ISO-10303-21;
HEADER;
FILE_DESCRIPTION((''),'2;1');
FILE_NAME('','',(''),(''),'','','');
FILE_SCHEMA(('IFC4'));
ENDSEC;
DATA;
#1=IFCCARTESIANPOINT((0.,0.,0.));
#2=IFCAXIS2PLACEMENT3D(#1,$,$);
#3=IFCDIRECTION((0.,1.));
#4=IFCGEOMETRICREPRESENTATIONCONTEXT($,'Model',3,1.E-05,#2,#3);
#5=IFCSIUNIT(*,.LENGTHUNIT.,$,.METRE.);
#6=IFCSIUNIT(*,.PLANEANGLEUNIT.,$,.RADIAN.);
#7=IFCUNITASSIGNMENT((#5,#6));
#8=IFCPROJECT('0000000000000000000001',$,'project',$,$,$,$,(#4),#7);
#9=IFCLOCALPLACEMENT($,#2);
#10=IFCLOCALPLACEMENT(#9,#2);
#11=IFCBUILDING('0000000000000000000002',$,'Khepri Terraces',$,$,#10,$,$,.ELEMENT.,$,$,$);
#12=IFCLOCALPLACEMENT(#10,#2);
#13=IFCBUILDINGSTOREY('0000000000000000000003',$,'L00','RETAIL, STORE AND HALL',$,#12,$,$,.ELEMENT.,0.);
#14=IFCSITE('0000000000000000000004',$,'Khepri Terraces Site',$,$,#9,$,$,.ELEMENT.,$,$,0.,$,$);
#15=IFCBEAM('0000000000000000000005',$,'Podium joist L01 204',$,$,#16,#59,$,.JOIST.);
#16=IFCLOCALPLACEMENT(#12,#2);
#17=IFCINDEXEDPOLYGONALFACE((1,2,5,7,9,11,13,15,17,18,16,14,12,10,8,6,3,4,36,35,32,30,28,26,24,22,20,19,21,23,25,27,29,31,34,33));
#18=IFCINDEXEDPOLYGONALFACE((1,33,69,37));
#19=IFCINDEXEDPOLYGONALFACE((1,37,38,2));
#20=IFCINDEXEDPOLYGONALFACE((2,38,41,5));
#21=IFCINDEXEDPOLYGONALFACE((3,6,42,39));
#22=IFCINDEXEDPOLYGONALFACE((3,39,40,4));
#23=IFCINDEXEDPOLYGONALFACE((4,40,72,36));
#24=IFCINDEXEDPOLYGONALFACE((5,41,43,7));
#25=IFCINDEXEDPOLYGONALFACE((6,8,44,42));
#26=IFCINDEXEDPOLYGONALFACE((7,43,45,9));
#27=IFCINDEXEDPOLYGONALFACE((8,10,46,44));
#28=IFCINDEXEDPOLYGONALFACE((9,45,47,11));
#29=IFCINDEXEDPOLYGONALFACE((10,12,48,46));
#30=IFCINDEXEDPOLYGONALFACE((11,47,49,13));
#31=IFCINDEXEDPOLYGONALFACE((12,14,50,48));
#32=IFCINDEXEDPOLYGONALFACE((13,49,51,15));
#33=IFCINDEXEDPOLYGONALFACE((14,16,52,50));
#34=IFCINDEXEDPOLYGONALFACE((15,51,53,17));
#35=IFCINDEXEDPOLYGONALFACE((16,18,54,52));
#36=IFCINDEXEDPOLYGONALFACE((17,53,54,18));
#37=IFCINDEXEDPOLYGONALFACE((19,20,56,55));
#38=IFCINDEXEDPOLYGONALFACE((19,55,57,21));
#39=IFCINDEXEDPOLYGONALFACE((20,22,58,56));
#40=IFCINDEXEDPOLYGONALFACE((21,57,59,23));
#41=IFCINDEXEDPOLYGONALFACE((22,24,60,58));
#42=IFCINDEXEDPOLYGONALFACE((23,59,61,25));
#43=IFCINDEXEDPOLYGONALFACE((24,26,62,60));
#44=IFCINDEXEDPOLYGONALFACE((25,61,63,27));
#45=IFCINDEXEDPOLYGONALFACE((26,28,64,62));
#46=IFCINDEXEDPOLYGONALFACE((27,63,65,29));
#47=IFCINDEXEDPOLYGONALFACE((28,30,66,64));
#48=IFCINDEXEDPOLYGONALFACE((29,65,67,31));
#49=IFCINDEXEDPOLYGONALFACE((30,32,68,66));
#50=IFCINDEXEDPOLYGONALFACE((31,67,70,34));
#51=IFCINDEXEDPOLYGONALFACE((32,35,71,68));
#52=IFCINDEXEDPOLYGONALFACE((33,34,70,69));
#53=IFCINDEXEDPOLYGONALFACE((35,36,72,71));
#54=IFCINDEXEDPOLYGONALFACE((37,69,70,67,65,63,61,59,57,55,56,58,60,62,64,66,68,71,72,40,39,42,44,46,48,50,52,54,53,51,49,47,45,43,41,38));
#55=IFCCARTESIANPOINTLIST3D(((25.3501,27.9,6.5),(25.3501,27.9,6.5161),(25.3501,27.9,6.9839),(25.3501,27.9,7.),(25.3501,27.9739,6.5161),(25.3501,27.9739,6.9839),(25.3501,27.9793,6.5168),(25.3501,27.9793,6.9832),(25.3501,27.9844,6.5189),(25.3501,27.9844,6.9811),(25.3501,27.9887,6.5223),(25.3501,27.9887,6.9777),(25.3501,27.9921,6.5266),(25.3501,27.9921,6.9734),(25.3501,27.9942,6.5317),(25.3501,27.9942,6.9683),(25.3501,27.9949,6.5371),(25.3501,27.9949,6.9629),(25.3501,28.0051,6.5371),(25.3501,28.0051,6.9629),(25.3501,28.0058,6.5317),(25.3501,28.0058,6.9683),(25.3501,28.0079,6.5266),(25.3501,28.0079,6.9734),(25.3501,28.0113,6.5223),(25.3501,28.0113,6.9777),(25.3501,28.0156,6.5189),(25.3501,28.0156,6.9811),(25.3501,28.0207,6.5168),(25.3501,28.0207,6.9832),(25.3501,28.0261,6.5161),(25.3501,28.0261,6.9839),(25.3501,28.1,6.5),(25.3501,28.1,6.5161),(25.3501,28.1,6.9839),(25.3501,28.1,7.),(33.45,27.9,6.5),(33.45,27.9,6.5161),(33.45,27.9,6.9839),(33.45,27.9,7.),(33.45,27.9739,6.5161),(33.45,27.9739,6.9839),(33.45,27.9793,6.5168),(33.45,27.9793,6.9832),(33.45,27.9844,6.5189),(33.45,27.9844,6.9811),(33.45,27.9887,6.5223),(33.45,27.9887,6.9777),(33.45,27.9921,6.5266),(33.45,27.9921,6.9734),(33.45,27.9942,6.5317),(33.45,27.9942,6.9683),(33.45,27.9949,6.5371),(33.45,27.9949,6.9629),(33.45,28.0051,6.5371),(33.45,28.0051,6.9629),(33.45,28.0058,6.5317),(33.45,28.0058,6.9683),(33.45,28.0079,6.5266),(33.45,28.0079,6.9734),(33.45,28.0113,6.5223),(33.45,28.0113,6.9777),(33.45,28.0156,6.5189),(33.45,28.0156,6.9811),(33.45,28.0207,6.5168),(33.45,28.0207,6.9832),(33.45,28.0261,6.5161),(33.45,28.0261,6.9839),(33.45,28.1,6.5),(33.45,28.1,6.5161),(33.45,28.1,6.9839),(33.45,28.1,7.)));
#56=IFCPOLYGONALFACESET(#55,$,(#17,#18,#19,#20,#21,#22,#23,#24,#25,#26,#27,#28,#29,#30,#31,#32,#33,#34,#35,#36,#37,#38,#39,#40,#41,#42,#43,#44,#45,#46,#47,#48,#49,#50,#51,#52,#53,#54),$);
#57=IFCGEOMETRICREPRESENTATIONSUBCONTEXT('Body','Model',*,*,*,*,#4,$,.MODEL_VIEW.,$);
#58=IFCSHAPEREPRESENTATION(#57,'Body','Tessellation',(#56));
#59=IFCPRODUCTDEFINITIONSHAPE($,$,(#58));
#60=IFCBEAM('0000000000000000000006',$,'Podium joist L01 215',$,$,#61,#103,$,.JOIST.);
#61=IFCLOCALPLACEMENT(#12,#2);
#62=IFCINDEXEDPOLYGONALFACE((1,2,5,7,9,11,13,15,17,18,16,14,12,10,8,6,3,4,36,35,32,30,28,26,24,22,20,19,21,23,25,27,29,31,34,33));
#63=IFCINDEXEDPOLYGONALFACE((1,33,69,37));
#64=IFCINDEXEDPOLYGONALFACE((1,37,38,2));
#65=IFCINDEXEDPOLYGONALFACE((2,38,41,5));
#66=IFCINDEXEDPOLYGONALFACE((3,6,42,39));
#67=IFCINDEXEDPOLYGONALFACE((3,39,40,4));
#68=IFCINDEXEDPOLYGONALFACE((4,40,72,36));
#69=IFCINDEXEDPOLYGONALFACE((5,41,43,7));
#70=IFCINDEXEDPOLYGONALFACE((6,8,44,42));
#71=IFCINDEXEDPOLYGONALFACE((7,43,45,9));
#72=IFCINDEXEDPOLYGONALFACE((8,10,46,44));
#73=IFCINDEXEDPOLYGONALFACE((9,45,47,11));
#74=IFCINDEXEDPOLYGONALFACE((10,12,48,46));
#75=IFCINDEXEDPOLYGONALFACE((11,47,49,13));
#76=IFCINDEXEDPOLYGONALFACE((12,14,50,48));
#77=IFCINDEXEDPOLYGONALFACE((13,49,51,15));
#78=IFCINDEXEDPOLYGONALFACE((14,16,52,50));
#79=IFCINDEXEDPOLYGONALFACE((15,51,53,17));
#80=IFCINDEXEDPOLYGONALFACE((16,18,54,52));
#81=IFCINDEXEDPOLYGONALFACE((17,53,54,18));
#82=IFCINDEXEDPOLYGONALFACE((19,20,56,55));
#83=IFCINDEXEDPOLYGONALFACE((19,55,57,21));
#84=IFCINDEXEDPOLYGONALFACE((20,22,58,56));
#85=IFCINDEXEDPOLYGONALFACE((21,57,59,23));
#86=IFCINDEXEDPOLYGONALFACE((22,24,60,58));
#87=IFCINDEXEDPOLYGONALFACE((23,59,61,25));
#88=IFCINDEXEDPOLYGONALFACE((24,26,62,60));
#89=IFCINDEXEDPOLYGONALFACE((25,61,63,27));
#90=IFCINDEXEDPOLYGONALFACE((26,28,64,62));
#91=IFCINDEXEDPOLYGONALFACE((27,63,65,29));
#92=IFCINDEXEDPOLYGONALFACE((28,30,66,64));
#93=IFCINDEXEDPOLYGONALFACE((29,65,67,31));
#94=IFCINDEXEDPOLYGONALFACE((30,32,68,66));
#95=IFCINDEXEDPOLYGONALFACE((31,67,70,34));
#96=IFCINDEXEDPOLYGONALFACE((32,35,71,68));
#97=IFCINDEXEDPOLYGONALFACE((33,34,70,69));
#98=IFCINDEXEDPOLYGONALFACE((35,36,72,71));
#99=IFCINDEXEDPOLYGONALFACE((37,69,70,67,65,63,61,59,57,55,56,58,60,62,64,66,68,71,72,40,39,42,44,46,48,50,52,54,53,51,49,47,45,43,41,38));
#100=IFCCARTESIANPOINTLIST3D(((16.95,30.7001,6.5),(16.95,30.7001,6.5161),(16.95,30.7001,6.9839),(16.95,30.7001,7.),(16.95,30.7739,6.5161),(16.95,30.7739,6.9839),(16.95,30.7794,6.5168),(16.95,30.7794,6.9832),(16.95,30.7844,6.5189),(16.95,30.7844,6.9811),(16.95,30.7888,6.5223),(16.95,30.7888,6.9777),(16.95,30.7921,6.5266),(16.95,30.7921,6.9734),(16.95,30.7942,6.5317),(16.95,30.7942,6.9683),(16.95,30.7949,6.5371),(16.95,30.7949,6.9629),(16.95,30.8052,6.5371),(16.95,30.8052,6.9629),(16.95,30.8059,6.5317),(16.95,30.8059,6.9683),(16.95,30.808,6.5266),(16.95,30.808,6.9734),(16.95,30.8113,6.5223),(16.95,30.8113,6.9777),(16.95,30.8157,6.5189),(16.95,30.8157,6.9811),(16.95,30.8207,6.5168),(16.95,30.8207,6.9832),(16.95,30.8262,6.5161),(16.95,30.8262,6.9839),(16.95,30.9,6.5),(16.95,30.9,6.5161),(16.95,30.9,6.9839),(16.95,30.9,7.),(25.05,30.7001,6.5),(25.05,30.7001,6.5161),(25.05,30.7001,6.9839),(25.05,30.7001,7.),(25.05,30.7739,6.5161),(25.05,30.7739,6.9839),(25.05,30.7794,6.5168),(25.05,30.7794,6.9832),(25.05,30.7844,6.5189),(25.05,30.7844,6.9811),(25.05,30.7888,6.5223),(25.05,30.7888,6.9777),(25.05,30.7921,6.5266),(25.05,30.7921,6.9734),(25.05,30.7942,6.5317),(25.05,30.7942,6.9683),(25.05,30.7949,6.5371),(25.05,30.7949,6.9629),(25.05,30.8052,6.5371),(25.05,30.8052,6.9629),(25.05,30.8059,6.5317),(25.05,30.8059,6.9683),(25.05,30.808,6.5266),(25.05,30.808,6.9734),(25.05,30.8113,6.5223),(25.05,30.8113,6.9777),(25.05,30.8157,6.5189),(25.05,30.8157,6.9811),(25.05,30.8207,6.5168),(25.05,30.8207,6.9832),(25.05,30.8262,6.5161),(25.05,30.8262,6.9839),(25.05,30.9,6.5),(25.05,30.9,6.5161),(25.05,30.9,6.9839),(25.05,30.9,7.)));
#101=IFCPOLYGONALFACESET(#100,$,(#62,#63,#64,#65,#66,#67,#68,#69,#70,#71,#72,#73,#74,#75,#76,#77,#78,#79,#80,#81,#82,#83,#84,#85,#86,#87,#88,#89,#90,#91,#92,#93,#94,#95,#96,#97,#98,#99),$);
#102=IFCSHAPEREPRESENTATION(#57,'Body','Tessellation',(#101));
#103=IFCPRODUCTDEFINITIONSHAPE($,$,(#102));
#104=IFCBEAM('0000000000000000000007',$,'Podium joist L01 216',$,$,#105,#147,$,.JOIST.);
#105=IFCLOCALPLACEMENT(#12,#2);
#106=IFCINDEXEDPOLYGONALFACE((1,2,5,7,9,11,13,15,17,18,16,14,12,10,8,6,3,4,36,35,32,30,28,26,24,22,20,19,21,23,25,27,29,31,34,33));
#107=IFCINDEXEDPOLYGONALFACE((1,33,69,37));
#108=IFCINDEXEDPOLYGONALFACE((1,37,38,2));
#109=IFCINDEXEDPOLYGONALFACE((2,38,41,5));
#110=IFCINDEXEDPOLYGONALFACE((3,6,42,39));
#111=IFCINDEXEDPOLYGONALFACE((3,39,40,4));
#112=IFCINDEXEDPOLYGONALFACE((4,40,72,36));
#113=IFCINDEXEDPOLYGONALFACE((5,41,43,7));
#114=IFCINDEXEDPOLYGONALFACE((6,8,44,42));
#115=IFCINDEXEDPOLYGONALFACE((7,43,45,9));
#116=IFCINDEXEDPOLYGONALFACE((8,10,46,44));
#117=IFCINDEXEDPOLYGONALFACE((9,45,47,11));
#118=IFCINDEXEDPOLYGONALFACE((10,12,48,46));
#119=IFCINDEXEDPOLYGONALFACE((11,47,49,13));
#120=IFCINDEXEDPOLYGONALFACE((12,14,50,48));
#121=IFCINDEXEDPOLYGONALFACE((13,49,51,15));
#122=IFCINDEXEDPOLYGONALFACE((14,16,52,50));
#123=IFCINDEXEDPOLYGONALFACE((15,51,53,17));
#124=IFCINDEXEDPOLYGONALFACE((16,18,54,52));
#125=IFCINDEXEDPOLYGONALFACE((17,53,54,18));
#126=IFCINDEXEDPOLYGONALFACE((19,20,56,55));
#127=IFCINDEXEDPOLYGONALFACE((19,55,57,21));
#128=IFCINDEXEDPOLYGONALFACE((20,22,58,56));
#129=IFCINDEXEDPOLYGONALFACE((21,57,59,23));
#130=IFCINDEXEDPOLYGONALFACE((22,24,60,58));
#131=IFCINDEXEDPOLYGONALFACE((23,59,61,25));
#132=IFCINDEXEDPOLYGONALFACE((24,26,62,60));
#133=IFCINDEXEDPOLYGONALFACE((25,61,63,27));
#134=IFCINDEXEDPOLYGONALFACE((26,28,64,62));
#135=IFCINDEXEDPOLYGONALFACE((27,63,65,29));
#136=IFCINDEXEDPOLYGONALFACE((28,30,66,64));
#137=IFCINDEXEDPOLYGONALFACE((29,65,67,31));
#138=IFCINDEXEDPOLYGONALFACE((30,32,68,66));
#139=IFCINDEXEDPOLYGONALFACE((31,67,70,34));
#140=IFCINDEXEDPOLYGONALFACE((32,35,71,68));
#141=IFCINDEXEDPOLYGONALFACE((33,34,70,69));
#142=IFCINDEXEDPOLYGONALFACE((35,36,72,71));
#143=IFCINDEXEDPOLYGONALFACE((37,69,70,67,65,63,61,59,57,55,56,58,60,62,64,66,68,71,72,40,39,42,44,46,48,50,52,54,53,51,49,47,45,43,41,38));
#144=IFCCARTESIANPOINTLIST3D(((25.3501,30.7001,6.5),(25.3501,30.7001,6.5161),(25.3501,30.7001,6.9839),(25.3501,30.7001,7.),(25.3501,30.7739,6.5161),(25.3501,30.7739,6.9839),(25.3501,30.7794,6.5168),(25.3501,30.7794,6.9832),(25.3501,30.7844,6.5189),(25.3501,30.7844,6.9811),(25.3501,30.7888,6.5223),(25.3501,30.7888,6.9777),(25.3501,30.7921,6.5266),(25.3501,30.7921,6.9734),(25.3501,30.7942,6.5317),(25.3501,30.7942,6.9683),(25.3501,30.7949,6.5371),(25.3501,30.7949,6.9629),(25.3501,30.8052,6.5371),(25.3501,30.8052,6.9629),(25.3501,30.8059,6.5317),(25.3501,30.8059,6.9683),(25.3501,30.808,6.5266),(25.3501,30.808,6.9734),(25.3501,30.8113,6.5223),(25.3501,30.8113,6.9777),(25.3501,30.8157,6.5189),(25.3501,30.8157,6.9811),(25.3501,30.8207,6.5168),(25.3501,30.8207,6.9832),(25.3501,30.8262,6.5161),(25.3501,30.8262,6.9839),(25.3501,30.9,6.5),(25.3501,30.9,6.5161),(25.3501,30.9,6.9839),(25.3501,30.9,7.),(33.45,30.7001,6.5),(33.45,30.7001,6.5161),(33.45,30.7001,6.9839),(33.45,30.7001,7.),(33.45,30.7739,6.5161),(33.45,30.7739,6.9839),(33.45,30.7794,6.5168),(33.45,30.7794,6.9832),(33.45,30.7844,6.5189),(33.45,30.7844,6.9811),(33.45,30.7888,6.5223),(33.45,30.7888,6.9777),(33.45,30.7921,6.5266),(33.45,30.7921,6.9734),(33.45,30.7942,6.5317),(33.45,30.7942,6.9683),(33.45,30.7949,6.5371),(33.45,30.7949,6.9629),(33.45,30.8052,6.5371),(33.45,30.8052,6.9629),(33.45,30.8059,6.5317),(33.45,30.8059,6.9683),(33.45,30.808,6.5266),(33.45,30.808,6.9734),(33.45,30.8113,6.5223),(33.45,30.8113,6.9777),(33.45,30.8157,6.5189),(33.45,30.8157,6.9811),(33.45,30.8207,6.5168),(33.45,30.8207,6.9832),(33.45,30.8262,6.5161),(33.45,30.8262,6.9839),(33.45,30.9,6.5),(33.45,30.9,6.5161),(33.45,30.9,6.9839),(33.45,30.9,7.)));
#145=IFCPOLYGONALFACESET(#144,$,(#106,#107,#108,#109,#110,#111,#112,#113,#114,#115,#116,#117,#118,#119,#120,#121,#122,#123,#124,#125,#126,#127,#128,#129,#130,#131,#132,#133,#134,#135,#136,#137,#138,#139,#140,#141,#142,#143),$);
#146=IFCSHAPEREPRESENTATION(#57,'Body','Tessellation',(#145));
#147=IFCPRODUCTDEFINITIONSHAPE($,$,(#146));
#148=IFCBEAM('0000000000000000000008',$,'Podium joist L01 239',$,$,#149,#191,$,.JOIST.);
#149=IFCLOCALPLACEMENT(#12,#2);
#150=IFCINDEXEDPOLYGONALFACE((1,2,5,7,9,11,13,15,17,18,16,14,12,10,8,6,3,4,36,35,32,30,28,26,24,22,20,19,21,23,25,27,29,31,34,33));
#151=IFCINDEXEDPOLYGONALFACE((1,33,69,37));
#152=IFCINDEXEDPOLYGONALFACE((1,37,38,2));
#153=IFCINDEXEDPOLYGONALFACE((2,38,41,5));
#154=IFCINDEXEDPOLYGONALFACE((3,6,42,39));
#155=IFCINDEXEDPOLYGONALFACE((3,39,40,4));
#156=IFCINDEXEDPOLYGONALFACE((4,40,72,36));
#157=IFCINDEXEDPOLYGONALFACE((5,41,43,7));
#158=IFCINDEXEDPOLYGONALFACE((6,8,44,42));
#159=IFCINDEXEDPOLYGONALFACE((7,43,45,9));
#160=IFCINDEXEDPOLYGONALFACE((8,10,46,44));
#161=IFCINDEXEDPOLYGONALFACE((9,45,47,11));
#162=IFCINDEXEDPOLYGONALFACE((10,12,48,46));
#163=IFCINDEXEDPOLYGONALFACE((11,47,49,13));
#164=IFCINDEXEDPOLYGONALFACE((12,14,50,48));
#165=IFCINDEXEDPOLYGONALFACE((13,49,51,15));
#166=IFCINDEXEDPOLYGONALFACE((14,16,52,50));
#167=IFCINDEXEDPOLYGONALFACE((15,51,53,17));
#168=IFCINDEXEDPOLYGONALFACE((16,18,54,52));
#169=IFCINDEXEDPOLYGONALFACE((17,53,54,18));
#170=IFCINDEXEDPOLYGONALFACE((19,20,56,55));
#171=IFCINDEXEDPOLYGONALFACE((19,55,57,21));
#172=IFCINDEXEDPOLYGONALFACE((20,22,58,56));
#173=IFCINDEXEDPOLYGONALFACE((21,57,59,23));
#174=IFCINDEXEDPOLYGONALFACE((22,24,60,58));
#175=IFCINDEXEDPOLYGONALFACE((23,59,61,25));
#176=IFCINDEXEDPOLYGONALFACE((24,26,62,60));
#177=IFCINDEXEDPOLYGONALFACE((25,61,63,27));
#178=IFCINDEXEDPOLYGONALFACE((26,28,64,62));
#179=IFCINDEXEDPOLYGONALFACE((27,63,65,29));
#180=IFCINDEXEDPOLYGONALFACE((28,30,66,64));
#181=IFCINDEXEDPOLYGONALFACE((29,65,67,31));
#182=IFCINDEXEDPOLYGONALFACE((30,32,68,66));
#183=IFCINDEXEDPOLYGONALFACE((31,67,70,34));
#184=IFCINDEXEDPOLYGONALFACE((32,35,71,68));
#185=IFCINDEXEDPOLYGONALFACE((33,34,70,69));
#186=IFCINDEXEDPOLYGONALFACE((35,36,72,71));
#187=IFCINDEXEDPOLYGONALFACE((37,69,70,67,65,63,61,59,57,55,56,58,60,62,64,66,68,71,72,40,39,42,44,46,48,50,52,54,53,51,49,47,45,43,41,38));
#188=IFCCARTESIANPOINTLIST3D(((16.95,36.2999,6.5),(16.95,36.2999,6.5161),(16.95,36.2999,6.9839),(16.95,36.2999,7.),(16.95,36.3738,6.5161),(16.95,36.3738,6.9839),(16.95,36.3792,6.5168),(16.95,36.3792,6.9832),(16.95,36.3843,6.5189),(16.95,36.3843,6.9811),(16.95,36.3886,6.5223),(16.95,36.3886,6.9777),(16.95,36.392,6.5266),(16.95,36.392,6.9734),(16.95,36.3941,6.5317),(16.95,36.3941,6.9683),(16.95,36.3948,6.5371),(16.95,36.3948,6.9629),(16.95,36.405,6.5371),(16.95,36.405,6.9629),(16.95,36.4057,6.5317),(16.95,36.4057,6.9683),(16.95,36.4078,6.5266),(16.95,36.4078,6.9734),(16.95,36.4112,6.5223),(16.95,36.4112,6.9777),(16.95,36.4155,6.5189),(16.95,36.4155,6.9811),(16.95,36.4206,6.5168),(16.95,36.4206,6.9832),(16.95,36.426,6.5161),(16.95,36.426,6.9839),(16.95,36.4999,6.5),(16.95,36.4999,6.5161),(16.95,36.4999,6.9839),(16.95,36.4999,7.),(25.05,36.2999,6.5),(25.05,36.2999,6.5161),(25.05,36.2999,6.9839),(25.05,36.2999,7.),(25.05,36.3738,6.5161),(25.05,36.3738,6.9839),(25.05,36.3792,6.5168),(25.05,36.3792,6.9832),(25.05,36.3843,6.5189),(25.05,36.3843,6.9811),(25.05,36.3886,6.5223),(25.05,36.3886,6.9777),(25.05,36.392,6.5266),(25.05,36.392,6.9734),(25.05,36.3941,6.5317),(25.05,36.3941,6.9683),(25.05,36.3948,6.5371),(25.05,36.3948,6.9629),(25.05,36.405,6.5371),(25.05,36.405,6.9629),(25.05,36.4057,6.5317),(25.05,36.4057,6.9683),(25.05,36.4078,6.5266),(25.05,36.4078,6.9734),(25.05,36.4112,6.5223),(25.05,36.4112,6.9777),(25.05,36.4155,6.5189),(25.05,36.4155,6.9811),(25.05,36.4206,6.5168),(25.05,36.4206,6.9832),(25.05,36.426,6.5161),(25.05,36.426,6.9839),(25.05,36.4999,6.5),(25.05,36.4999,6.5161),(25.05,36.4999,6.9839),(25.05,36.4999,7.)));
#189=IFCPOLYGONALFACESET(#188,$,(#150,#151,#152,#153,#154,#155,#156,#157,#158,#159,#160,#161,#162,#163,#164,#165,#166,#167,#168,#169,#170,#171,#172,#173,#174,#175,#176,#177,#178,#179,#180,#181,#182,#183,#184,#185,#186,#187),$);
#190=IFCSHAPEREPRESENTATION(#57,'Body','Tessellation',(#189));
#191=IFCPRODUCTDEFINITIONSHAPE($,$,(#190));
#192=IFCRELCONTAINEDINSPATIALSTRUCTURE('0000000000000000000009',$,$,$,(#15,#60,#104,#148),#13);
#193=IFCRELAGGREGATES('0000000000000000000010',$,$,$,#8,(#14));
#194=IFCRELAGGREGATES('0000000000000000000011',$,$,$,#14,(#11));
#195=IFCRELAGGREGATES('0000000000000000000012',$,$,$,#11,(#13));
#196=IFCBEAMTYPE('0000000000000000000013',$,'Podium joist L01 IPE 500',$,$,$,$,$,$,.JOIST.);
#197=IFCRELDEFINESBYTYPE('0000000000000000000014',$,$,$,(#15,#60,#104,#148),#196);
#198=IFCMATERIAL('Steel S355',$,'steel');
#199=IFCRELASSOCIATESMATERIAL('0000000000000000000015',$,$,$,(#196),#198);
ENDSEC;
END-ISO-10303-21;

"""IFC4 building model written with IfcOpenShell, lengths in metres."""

from ifc_helpers import new_model, si_unit, direction, frame, origin, origin_2d, place, context, subcontext, project, spatial, i_section, extrude, material, material_profile, profile_set, type_object, element, save


model = new_model("IFC4")

# Units and contexts
model_context = context("Model", 3, precision=1e-05, world=origin(), true_north=direction((0.0, 1.0)))
body_context = subcontext(model_context, "Body", "Model", "MODEL_VIEW")
ifc_project = project(units=[si_unit("LENGTHUNIT", "METRE"), si_unit("PLANEANGLEUNIT", "RADIAN")], contexts=[model_context])

# Site, building, storey
site_placement = place(None, origin())
site = spatial("IfcSite", under=ifc_project, at=site_placement, Name="Khepri Terraces Site", CompositionType="ELEMENT", RefElevation=0.0)
building_placement = place(site_placement, origin())
building = spatial("IfcBuilding", under=site, at=building_placement, Name="Khepri Terraces", CompositionType="ELEMENT")
storey_placement = place(building_placement, origin())
storey = spatial("IfcBuildingStorey", under=building, at=storey_placement, Name="L00", Description="RETAIL, STORE AND HALL", CompositionType="ELEMENT", Elevation=0.0)

# Beams
ifc_material_1 = material(Name="Steel S355", Category="steel")
ifc_material_profile_1 = material_profile(ifc_material_1, i_section(OverallWidth=0.2, OverallDepth=0.5, WebThickness=0.0103, FlangeThickness=0.0161, FilletRadius=0.021, at=origin_2d()), Name="Steel S355", Category="steel")
ifc_profile_set_1 = profile_set([ifc_material_profile_1], Name="Steel S355")
beam_type_1 = type_object("IfcBeamType", Name="Podium joist L01 IPE 500", PredefinedType="JOIST", material=ifc_profile_set_1)
beam_1_placement = place(storey_placement, frame((25.3501, 28.0, 6.75), z_axis=(1.0, 0.0, 0.0), x_axis=(0.0, 1.0, 0.0)))
element("IfcBeam", 1, at=beam_1_placement, inside=storey, type_object=beam_type_1, Name="Podium joist L01 204", PredefinedType="JOIST", context=body_context, shape_type="SweptSolid", body=[
    extrude(i_section(OverallWidth=0.2, OverallDepth=0.5, WebThickness=0.0103, FlangeThickness=0.0161, FilletRadius=0.021, at=origin_2d()), origin(), (0.0, 0.0, 1.0), 8.0999),
])
beam_2_placement = place(storey_placement, frame((16.95, 30.8, 6.75), z_axis=(1.0, 0.0, 0.0), x_axis=(0.0, 1.0, 0.0)))
element("IfcBeam", 2, at=beam_2_placement, inside=storey, type_object=beam_type_1, Name="Podium joist L01 215", PredefinedType="JOIST", context=body_context, shape_type="SweptSolid", body=[
    extrude(i_section(OverallWidth=0.2, OverallDepth=0.5, WebThickness=0.0103, FlangeThickness=0.0161, FilletRadius=0.021, at=origin_2d()), origin(), (0.0, 0.0, 1.0), 8.1001),
])
beam_3_placement = place(storey_placement, frame((25.3501, 30.8, 6.75), z_axis=(1.0, 0.0, 0.0), x_axis=(0.0, 1.0, 0.0)))
element("IfcBeam", 3, at=beam_3_placement, inside=storey, type_object=beam_type_1, Name="Podium joist L01 216", PredefinedType="JOIST", context=body_context, shape_type="SweptSolid", body=[
    extrude(i_section(OverallWidth=0.2, OverallDepth=0.5, WebThickness=0.0103, FlangeThickness=0.0161, FilletRadius=0.021, at=origin_2d()), origin(), (0.0, 0.0, 1.0), 8.0999),
])
beam_4_placement = place(storey_placement, frame((16.95, 36.3999, 6.75), z_axis=(1.0, 0.0, 0.0), x_axis=(0.0, 1.0, 0.0)))
element("IfcBeam", 4, at=beam_4_placement, inside=storey, type_object=beam_type_1, Name="Podium joist L01 239", PredefinedType="JOIST", context=body_context, shape_type="SweptSolid", body=[
    extrude(i_section(OverallWidth=0.2, OverallDepth=0.5, WebThickness=0.0103, FlangeThickness=0.0161, FilletRadius=0.021, at=origin_2d()), origin(), (0.0, 0.0, 1.0), 8.1001),
])

save(model, "model.ifc")
